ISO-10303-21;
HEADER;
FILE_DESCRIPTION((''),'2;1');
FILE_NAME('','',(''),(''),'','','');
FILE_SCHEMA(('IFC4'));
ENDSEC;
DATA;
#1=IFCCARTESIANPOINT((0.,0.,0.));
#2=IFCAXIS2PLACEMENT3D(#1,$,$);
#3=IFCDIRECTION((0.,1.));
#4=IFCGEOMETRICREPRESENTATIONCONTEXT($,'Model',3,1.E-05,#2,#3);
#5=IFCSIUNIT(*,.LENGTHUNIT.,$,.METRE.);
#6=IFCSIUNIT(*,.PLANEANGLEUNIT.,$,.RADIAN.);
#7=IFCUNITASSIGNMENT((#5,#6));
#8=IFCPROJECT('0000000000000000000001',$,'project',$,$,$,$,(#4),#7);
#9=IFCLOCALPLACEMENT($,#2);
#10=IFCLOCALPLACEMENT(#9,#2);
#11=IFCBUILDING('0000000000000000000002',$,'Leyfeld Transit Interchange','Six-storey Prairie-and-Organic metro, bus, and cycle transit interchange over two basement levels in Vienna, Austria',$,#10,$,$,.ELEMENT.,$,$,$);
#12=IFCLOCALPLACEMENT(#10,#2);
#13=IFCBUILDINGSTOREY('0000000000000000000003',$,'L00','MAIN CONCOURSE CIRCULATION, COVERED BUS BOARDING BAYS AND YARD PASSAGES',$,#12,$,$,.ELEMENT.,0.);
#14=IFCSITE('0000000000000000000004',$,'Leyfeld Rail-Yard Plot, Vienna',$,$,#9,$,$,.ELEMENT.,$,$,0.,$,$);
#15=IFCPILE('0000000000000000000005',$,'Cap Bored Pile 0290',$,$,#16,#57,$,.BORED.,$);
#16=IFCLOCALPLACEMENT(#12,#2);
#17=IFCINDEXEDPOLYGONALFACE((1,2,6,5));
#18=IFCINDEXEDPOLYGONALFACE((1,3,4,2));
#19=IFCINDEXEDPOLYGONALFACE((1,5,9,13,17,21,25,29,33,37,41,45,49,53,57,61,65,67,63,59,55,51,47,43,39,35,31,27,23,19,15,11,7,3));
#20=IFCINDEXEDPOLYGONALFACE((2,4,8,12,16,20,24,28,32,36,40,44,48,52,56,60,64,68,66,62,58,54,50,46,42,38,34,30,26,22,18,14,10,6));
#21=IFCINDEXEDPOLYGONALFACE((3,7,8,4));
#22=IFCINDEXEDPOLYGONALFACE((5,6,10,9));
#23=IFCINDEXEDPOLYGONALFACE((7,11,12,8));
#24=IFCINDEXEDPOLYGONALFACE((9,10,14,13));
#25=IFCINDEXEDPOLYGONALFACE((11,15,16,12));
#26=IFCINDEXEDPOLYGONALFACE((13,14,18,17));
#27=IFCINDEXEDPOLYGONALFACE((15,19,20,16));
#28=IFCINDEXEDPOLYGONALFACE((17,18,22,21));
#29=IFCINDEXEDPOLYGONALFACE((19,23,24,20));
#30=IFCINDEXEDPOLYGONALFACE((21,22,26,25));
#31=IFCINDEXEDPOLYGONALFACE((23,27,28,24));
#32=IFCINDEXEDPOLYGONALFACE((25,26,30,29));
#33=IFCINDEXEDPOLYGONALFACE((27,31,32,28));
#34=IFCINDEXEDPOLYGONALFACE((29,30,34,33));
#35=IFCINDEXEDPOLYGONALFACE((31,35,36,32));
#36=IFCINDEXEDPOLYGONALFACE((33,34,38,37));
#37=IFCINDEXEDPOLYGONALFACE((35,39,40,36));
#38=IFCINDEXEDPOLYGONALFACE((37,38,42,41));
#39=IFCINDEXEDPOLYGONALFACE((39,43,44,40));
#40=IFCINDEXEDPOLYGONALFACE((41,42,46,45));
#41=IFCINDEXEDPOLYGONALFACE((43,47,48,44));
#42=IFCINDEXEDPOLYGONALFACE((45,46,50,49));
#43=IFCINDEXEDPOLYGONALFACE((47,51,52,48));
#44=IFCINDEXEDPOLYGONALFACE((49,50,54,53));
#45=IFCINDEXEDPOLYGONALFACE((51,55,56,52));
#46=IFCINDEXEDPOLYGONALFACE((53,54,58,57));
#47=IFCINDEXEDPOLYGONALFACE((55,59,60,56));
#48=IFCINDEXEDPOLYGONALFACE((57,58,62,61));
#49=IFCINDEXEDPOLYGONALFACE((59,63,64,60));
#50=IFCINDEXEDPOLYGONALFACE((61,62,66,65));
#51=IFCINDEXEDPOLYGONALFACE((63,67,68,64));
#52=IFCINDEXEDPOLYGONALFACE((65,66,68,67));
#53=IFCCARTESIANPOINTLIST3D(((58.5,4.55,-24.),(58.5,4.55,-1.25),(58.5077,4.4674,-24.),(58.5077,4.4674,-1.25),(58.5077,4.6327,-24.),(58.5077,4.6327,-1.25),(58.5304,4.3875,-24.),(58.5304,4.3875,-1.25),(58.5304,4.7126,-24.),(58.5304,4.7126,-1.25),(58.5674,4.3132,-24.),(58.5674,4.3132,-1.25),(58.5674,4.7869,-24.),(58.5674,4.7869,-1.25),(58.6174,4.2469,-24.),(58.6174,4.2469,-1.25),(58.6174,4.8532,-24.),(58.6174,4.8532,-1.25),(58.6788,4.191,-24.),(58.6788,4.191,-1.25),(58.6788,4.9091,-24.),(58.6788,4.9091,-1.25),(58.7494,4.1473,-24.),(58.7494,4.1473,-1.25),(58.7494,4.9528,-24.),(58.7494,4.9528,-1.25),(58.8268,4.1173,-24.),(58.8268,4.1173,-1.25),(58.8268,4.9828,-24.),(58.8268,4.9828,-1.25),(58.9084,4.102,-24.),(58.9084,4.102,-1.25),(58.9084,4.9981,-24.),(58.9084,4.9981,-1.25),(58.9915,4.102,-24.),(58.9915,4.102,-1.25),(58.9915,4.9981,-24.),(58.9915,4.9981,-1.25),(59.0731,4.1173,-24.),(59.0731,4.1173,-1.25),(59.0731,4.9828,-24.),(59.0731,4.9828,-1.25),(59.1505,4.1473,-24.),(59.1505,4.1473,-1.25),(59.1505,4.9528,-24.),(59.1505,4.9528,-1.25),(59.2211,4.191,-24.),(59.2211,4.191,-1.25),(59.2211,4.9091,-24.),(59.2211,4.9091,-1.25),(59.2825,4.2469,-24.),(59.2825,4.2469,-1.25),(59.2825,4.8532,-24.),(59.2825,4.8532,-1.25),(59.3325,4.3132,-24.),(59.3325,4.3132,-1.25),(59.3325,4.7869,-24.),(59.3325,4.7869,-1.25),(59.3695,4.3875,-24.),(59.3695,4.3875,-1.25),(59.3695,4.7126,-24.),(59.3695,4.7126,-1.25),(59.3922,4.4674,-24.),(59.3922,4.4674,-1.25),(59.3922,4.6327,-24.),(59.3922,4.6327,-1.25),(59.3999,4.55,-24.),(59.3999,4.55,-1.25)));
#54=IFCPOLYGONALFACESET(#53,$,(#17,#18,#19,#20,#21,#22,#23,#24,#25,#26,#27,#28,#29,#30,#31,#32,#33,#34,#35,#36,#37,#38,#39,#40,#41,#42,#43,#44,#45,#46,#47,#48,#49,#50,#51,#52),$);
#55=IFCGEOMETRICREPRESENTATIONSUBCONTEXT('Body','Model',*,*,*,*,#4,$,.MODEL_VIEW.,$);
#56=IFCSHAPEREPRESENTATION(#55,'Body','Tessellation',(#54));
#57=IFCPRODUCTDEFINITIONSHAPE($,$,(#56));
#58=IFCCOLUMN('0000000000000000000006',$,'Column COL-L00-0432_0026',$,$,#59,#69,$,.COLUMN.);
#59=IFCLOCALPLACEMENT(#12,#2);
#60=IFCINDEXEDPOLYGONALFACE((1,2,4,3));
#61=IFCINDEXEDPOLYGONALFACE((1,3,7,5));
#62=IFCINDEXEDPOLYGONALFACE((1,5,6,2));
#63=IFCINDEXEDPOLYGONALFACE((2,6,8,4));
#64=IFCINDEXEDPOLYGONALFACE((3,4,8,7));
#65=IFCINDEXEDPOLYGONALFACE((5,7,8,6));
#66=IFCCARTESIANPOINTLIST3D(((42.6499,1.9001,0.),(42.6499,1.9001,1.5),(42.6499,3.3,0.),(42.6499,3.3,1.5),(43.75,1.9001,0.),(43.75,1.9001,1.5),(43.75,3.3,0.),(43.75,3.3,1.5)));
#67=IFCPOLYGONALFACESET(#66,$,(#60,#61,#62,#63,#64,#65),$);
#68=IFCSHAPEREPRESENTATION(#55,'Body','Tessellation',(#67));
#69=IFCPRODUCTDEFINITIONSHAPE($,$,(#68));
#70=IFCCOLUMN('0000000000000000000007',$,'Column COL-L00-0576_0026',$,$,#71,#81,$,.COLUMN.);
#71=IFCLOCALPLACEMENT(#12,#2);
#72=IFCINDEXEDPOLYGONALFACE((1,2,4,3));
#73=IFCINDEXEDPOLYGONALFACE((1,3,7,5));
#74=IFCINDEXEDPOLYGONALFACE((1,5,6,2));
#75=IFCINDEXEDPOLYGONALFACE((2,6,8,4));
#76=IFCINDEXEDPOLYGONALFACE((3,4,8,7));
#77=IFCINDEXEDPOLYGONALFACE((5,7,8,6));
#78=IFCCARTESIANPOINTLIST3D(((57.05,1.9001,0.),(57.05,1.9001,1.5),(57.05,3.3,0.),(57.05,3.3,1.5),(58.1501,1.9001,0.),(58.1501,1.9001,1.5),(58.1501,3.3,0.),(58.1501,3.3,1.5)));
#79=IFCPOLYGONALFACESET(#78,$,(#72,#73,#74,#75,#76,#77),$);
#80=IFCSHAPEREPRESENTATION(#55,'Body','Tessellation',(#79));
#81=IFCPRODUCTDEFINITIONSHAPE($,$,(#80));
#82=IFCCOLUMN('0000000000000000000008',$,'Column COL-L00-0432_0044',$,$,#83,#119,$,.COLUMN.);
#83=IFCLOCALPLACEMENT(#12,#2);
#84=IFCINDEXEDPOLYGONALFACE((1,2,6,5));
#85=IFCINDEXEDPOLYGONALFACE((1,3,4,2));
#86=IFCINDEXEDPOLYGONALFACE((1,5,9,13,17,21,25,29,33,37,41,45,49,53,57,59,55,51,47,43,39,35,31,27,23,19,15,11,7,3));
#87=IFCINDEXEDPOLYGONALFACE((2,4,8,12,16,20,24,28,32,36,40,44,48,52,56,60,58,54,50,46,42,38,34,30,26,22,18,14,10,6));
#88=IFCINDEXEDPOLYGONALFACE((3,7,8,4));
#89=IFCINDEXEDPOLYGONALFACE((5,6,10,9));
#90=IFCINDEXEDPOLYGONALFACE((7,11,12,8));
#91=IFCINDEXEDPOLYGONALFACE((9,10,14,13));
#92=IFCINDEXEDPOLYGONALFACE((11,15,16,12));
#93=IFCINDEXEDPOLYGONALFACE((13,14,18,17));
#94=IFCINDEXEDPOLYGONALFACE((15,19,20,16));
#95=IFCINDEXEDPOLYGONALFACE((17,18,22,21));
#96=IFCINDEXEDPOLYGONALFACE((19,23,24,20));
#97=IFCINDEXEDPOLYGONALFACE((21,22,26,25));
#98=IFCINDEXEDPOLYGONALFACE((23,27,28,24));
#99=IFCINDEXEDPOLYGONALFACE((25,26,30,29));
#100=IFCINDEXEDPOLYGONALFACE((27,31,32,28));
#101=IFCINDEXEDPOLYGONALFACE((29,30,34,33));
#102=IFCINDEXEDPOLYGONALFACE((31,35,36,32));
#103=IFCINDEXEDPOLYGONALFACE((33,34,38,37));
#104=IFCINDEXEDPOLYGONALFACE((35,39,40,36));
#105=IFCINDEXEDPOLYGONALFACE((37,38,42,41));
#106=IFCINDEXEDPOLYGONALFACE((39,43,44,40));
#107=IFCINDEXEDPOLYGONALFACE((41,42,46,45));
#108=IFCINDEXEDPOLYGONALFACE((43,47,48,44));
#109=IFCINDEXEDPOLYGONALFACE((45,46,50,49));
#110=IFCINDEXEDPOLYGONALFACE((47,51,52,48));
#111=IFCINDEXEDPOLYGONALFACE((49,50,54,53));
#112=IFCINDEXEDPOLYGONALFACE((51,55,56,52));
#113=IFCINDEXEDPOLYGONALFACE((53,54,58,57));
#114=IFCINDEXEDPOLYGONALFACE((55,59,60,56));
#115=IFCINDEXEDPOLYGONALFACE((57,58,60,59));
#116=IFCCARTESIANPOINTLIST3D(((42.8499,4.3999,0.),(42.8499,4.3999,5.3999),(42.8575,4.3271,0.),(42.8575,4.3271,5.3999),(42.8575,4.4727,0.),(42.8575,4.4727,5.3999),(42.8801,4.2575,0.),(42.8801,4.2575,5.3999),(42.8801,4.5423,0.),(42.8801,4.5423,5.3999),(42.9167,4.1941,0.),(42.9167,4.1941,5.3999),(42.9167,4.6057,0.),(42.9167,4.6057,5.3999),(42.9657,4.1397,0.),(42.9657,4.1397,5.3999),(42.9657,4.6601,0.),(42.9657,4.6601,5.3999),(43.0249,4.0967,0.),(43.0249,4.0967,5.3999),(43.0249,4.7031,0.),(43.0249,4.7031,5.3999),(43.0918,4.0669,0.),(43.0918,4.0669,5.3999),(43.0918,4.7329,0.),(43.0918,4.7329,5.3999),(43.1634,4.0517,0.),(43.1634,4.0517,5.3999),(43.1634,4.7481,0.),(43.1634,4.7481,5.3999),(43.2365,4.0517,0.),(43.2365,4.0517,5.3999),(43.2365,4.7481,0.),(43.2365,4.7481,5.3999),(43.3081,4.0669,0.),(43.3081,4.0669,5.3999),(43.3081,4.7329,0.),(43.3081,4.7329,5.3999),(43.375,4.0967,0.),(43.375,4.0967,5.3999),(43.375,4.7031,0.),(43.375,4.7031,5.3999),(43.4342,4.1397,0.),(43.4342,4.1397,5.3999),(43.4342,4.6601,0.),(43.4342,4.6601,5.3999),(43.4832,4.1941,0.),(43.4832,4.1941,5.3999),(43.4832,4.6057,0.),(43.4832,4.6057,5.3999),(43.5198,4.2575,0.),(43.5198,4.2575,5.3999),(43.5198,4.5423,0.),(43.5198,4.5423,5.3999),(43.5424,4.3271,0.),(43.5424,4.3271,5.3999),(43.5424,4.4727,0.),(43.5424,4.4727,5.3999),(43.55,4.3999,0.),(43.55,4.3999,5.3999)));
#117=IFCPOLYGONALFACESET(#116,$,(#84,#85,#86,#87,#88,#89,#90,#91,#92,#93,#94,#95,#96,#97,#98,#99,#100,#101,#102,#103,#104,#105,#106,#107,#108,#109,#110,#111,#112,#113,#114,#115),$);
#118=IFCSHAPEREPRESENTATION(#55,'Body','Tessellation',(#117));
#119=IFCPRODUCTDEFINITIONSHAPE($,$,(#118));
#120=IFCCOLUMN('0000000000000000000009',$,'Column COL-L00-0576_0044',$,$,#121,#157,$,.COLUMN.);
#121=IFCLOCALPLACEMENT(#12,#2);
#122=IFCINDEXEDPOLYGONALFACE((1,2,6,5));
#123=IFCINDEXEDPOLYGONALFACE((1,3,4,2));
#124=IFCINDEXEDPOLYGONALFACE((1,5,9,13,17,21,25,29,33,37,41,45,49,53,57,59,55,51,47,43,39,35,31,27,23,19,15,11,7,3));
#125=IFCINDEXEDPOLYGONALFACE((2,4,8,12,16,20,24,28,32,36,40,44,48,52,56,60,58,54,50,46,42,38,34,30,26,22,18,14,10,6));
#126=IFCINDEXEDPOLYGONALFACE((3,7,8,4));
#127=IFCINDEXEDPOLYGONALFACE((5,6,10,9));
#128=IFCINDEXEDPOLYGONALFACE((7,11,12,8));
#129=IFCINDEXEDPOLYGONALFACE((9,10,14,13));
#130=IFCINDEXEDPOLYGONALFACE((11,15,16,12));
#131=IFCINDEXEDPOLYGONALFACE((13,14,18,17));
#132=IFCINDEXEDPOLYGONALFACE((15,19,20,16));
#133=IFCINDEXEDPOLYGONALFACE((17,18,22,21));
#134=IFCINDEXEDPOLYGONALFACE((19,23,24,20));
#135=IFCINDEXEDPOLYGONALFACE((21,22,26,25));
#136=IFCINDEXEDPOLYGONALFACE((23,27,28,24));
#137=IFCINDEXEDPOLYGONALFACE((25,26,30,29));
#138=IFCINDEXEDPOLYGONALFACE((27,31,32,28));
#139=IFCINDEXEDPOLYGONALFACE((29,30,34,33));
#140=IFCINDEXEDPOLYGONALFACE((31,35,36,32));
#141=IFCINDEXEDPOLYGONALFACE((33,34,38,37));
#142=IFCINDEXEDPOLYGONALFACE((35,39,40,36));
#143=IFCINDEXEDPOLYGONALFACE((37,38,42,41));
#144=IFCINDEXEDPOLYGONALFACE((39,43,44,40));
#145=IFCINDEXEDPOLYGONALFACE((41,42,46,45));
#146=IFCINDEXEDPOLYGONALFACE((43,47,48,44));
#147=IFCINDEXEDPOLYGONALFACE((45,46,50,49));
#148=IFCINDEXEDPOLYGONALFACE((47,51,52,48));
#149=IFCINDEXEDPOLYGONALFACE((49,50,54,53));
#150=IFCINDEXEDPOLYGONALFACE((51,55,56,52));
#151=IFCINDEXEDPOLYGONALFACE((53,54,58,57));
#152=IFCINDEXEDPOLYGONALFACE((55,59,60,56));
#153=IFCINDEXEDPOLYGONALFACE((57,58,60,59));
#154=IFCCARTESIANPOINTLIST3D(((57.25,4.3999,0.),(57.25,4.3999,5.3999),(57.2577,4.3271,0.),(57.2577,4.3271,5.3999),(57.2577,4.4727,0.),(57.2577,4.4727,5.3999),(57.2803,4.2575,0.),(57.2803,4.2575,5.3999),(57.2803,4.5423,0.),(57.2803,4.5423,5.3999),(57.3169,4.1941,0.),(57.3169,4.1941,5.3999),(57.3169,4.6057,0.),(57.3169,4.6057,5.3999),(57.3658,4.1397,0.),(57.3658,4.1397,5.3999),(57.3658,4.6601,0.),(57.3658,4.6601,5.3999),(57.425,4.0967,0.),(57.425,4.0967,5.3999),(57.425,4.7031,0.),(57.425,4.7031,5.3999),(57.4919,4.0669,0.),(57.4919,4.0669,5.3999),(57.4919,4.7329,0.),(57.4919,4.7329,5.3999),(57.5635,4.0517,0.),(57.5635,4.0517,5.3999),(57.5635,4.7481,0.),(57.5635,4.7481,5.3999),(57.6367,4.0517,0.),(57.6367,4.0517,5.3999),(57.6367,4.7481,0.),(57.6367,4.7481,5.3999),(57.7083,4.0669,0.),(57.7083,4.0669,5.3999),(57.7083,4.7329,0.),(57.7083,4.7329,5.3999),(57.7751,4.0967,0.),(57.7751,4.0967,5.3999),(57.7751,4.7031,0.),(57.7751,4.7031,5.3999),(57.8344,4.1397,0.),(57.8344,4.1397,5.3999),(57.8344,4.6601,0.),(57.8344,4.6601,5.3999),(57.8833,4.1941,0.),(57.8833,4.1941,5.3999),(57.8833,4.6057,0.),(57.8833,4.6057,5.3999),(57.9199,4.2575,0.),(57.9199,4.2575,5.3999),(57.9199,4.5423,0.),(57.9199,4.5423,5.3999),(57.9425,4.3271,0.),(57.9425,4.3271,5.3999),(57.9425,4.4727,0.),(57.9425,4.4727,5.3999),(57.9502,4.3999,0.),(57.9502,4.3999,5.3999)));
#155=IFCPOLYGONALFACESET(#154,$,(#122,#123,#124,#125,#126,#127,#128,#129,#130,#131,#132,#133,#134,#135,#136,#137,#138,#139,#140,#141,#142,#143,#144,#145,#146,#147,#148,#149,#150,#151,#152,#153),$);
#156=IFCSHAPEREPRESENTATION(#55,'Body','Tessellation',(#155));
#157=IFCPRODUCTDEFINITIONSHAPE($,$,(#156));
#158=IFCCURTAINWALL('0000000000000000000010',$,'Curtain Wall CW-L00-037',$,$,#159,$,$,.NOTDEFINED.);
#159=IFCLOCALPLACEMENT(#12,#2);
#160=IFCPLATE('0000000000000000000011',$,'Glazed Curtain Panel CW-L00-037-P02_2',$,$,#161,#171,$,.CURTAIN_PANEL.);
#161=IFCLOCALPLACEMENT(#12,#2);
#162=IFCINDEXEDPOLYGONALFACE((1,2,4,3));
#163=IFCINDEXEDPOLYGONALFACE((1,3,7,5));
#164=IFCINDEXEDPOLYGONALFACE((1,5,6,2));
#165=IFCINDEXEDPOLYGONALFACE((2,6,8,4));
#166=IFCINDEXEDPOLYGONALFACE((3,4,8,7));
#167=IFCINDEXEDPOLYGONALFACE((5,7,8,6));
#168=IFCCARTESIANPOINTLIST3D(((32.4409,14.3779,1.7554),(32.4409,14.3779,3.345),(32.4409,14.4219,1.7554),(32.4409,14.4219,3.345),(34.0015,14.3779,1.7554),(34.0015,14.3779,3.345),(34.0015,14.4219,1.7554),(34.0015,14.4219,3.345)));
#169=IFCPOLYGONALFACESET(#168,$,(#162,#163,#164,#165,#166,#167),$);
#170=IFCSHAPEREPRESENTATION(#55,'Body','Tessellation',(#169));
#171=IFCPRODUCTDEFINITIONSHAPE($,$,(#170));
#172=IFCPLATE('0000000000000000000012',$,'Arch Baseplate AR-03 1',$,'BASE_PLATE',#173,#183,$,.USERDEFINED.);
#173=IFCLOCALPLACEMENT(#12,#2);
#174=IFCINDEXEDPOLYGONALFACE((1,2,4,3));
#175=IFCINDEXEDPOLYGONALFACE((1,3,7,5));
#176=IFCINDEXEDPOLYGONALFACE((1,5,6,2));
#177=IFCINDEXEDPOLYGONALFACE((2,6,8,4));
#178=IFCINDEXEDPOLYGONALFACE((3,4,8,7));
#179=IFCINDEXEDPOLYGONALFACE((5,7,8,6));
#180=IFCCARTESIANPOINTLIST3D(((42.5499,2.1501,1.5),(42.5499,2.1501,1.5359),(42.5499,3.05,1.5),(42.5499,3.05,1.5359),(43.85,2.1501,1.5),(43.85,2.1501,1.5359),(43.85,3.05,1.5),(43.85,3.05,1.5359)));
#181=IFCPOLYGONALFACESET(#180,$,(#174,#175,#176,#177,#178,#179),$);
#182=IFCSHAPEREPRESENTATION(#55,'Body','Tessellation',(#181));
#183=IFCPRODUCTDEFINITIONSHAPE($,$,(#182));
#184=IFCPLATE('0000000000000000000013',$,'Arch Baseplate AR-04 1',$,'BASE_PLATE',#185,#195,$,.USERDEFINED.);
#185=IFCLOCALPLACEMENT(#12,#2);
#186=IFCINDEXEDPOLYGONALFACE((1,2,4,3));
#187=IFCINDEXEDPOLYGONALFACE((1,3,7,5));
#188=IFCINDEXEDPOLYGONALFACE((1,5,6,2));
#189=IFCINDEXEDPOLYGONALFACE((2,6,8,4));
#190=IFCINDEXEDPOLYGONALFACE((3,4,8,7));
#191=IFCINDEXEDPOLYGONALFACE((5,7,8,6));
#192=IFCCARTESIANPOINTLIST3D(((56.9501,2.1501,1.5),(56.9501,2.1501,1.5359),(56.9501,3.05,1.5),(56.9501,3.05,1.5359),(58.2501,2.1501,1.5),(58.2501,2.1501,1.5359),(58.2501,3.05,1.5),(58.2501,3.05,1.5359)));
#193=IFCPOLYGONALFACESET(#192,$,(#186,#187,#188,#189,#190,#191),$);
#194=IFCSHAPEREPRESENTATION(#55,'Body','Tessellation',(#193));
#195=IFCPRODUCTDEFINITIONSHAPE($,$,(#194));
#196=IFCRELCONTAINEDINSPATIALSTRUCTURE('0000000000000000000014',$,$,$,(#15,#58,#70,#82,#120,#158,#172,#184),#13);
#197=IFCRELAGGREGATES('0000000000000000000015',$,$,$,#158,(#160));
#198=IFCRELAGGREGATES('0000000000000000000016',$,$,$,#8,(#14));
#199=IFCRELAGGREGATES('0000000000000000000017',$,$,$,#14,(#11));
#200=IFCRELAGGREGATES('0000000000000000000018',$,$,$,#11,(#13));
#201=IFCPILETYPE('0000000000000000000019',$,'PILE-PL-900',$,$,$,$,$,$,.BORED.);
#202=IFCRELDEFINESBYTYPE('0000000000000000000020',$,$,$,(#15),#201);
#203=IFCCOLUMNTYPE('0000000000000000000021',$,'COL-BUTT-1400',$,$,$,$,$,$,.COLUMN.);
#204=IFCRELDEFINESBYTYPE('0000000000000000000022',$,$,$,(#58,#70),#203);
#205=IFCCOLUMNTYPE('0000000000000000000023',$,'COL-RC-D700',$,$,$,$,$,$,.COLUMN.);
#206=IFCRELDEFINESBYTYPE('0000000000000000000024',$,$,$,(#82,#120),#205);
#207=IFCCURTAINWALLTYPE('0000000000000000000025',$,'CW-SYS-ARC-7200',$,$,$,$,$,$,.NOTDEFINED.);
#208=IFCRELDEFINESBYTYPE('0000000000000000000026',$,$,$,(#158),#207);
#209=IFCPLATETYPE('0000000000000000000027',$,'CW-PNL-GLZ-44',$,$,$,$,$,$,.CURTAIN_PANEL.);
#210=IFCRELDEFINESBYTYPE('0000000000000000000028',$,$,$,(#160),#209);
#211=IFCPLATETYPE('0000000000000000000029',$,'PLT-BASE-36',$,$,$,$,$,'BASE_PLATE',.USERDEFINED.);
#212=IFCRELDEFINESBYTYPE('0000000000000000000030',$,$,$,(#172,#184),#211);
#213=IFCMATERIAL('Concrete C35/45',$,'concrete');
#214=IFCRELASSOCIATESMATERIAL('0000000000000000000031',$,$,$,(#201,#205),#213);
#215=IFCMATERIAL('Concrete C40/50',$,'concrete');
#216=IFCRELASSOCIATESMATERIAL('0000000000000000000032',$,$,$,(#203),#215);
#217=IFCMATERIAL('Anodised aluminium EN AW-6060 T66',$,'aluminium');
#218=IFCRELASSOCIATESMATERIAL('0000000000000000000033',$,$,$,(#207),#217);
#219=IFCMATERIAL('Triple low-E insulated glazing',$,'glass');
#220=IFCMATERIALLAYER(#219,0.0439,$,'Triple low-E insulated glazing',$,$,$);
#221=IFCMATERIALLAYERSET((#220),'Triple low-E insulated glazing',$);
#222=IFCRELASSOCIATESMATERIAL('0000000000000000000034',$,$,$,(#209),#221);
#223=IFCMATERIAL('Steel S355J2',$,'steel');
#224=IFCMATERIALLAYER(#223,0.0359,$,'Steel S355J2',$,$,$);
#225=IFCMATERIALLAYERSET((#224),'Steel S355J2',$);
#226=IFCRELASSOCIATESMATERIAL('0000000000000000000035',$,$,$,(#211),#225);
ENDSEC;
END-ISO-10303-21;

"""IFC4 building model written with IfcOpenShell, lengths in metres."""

from ifc_helpers import new_model, si_unit, direction, frame, origin, origin_2d, place, context, subcontext, project, spatial, rectangle, circle, extrude, material, layer, layer_set, material_profile, profile_set, type_object, element, aggregate, save


model = new_model("IFC4")

# Units and contexts
model_context = context("Model", 3, precision=1e-05, world=origin(), true_north=direction((0.0, 1.0)))
body_context = subcontext(model_context, "Body", "Model", "MODEL_VIEW")
ifc_project = project(units=[si_unit("LENGTHUNIT", "METRE"), si_unit("PLANEANGLEUNIT", "RADIAN")], contexts=[model_context])

# Site, building, storey
site_placement = place(None, origin())
site = spatial("IfcSite", under=ifc_project, at=site_placement, Name="Leyfeld Rail-Yard Plot, Vienna", CompositionType="ELEMENT", RefElevation=0.0)
building_placement = place(site_placement, origin())
building = spatial("IfcBuilding", under=site, at=building_placement, Name="Leyfeld Transit Interchange", Description="Six-storey Prairie-and-Organic metro, bus, and cycle transit interchange over two basement levels in Vienna, Austria", CompositionType="ELEMENT")
storey_placement = place(building_placement, origin())
storey = spatial("IfcBuildingStorey", under=building, at=storey_placement, Name="L00", Description="MAIN CONCOURSE CIRCULATION, COVERED BUS BOARDING BAYS AND YARD PASSAGES", CompositionType="ELEMENT", Elevation=0.0)

# Shared definitions
ifc_material_1 = material(Name="Concrete C35/45", Category="concrete")

# Pile
ifc_material_profile_1 = material_profile(ifc_material_1, circle(Radius=0.45, at=origin_2d()), Name="PILE D900")
ifc_profile_set_1 = profile_set([ifc_material_profile_1], Name="Concrete C35/45")
pile_type = type_object("IfcPileType", Name="PILE-PL-900", PredefinedType="BORED", material=ifc_profile_set_1)
for number, where, z_axis, x_axis, name in (
    (1, (58.95, 4.55, -1.25), (0.0, 0.0, -1.0), (1.0, 0.0, 0.0), "Cap Bored Pile 0290"),
):
    element("IfcPile", number, at=place(storey_placement, frame(where, z_axis=z_axis, x_axis=x_axis)), inside=storey, type_object=pile_type, Name=name, PredefinedType="BORED", context=body_context, shape_type="SweptSolid", body=[
        extrude(circle(Radius=0.45, at=origin_2d()), origin(), (0.0, 0.0, 1.0), 22.75),
    ])

# Columns
ifc_material_2 = material(Name="Concrete C40/50", Category="concrete")
ifc_material_profile_2 = material_profile(ifc_material_2, rectangle(XDim=1.1001, YDim=1.3999, at=origin_2d()), Name="RC 1400x1100")
ifc_profile_set_2 = profile_set([ifc_material_profile_2], Name="Concrete C40/50")
column_type_1 = type_object("IfcColumnType", Name="COL-BUTT-1400", PredefinedType="COLUMN", material=ifc_profile_set_2)
for number, where, z_axis, x_axis, name in (
    (2, (43.2, 2.6001, 0.0), (0.0, 0.0, 1.0), (1.0, 0.0, 0.0), "Column COL-L00-0432_0026"),
    (3, (57.6001, 2.6001, 0.0), (0.0, 0.0, 1.0), (1.0, 0.0, 0.0), "Column COL-L00-0576_0026"),
):
    element("IfcColumn", number, at=place(storey_placement, frame(where, z_axis=z_axis, x_axis=x_axis)), inside=storey, type_object=column_type_1, Name=name, PredefinedType="COLUMN", context=body_context, shape_type="SweptSolid", body=[
        extrude(rectangle(XDim=1.1001, YDim=1.3999, at=origin_2d()), origin(), (0.0, 0.0, 1.0), 1.5),
    ])
ifc_material_profile_3 = material_profile(ifc_material_1, circle(Radius=0.3501, at=origin_2d()), Name="RC D700")
ifc_profile_set_3 = profile_set([ifc_material_profile_3], Name="Concrete C35/45")
column_type_2 = type_object("IfcColumnType", Name="COL-RC-D700", PredefinedType="COLUMN", material=ifc_profile_set_3)
for number, where, z_axis, x_axis, name in (
    (4, (43.2, 4.3999, 0.0), (0.0, 0.0, 1.0), (1.0, 0.0, 0.0), "Column COL-L00-0432_0044"),
    (5, (57.6001, 4.3999, 0.0), (0.0, 0.0, 1.0), (1.0, 0.0, 0.0), "Column COL-L00-0576_0044"),
):
    element("IfcColumn", number, at=place(storey_placement, frame(where, z_axis=z_axis, x_axis=x_axis)), inside=storey, type_object=column_type_2, Name=name, PredefinedType="COLUMN", context=body_context, shape_type="SweptSolid", body=[
        extrude(circle(Radius=0.3501, at=origin_2d()), origin(), (0.0, 0.0, 1.0), 5.3999),
    ])

# Curtain wall, plate
ifc_material_3 = material(Name="Anodised aluminium EN AW-6060 T66", Category="aluminium")
curtain_wall_type = type_object("IfcCurtainWallType", Name="CW-SYS-ARC-7200", PredefinedType="NOTDEFINED", material=ifc_material_3)
curtain_wall_placement = place(storey_placement, origin())
curtain_wall = element("IfcCurtainWall", 6, at=curtain_wall_placement, inside=storey, type_object=curtain_wall_type, Name="Curtain Wall CW-L00-037", PredefinedType="NOTDEFINED")
ifc_material_4 = material(Name="Triple low-E insulated glazing", Category="glass")
ifc_layer_1 = layer(ifc_material_4, 0.0439, Name="Triple low-E insulated glazing")
ifc_layer_set_1 = layer_set([ifc_layer_1], Name="Triple low-E insulated glazing")
plate_type_1 = type_object("IfcPlateType", Name="CW-PNL-GLZ-44", PredefinedType="CURTAIN_PANEL", material=ifc_layer_set_1)
plate_placement = place(storey_placement, frame((33.2212, 14.3999, 1.7554), z_axis=(0.0, 0.0, 1.0), x_axis=(-1.0, 0.0, 0.0)))
plate = element("IfcPlate", 7, at=plate_placement, type_object=plate_type_1, Name="Glazed Curtain Panel CW-L00-037-P02_2", PredefinedType="CURTAIN_PANEL", context=body_context, shape_type="SweptSolid", body=[
    extrude(rectangle(XDim=1.5605, YDim=0.0439, at=origin_2d()), origin(), (0.0, 0.0, 1.0), 1.5896),
])
aggregate(curtain_wall, [plate])

# Plates
ifc_material_5 = material(Name="Steel S355J2", Category="steel")
ifc_layer_2 = layer(ifc_material_5, 0.0359, Name="Steel S355J2")
ifc_layer_set_2 = layer_set([ifc_layer_2], Name="Steel S355J2")
plate_type_2 = type_object("IfcPlateType", Name="PLT-BASE-36", ElementType="BASE_PLATE", PredefinedType="USERDEFINED", material=ifc_layer_set_2)
for number, where, z_axis, x_axis, name in (
    (8, (43.2, 2.6001, 1.5), (0.0, 0.0, 1.0), (1.0, 0.0, 0.0), "Arch Baseplate AR-03 1"),
    (9, (57.6001, 2.6001, 1.5), (0.0, 0.0, 1.0), (1.0, 0.0, 0.0), "Arch Baseplate AR-04 1"),
):
    element("IfcPlate", number, at=place(storey_placement, frame(where, z_axis=z_axis, x_axis=x_axis)), inside=storey, type_object=plate_type_2, Name=name, ObjectType="BASE_PLATE", PredefinedType="USERDEFINED", context=body_context, shape_type="SweptSolid", body=[
        extrude(rectangle(XDim=1.3, YDim=0.8999, at=origin_2d()), origin(), (0.0, 0.0, 1.0), 0.0359),
    ])

save(model, "model.ifc")
